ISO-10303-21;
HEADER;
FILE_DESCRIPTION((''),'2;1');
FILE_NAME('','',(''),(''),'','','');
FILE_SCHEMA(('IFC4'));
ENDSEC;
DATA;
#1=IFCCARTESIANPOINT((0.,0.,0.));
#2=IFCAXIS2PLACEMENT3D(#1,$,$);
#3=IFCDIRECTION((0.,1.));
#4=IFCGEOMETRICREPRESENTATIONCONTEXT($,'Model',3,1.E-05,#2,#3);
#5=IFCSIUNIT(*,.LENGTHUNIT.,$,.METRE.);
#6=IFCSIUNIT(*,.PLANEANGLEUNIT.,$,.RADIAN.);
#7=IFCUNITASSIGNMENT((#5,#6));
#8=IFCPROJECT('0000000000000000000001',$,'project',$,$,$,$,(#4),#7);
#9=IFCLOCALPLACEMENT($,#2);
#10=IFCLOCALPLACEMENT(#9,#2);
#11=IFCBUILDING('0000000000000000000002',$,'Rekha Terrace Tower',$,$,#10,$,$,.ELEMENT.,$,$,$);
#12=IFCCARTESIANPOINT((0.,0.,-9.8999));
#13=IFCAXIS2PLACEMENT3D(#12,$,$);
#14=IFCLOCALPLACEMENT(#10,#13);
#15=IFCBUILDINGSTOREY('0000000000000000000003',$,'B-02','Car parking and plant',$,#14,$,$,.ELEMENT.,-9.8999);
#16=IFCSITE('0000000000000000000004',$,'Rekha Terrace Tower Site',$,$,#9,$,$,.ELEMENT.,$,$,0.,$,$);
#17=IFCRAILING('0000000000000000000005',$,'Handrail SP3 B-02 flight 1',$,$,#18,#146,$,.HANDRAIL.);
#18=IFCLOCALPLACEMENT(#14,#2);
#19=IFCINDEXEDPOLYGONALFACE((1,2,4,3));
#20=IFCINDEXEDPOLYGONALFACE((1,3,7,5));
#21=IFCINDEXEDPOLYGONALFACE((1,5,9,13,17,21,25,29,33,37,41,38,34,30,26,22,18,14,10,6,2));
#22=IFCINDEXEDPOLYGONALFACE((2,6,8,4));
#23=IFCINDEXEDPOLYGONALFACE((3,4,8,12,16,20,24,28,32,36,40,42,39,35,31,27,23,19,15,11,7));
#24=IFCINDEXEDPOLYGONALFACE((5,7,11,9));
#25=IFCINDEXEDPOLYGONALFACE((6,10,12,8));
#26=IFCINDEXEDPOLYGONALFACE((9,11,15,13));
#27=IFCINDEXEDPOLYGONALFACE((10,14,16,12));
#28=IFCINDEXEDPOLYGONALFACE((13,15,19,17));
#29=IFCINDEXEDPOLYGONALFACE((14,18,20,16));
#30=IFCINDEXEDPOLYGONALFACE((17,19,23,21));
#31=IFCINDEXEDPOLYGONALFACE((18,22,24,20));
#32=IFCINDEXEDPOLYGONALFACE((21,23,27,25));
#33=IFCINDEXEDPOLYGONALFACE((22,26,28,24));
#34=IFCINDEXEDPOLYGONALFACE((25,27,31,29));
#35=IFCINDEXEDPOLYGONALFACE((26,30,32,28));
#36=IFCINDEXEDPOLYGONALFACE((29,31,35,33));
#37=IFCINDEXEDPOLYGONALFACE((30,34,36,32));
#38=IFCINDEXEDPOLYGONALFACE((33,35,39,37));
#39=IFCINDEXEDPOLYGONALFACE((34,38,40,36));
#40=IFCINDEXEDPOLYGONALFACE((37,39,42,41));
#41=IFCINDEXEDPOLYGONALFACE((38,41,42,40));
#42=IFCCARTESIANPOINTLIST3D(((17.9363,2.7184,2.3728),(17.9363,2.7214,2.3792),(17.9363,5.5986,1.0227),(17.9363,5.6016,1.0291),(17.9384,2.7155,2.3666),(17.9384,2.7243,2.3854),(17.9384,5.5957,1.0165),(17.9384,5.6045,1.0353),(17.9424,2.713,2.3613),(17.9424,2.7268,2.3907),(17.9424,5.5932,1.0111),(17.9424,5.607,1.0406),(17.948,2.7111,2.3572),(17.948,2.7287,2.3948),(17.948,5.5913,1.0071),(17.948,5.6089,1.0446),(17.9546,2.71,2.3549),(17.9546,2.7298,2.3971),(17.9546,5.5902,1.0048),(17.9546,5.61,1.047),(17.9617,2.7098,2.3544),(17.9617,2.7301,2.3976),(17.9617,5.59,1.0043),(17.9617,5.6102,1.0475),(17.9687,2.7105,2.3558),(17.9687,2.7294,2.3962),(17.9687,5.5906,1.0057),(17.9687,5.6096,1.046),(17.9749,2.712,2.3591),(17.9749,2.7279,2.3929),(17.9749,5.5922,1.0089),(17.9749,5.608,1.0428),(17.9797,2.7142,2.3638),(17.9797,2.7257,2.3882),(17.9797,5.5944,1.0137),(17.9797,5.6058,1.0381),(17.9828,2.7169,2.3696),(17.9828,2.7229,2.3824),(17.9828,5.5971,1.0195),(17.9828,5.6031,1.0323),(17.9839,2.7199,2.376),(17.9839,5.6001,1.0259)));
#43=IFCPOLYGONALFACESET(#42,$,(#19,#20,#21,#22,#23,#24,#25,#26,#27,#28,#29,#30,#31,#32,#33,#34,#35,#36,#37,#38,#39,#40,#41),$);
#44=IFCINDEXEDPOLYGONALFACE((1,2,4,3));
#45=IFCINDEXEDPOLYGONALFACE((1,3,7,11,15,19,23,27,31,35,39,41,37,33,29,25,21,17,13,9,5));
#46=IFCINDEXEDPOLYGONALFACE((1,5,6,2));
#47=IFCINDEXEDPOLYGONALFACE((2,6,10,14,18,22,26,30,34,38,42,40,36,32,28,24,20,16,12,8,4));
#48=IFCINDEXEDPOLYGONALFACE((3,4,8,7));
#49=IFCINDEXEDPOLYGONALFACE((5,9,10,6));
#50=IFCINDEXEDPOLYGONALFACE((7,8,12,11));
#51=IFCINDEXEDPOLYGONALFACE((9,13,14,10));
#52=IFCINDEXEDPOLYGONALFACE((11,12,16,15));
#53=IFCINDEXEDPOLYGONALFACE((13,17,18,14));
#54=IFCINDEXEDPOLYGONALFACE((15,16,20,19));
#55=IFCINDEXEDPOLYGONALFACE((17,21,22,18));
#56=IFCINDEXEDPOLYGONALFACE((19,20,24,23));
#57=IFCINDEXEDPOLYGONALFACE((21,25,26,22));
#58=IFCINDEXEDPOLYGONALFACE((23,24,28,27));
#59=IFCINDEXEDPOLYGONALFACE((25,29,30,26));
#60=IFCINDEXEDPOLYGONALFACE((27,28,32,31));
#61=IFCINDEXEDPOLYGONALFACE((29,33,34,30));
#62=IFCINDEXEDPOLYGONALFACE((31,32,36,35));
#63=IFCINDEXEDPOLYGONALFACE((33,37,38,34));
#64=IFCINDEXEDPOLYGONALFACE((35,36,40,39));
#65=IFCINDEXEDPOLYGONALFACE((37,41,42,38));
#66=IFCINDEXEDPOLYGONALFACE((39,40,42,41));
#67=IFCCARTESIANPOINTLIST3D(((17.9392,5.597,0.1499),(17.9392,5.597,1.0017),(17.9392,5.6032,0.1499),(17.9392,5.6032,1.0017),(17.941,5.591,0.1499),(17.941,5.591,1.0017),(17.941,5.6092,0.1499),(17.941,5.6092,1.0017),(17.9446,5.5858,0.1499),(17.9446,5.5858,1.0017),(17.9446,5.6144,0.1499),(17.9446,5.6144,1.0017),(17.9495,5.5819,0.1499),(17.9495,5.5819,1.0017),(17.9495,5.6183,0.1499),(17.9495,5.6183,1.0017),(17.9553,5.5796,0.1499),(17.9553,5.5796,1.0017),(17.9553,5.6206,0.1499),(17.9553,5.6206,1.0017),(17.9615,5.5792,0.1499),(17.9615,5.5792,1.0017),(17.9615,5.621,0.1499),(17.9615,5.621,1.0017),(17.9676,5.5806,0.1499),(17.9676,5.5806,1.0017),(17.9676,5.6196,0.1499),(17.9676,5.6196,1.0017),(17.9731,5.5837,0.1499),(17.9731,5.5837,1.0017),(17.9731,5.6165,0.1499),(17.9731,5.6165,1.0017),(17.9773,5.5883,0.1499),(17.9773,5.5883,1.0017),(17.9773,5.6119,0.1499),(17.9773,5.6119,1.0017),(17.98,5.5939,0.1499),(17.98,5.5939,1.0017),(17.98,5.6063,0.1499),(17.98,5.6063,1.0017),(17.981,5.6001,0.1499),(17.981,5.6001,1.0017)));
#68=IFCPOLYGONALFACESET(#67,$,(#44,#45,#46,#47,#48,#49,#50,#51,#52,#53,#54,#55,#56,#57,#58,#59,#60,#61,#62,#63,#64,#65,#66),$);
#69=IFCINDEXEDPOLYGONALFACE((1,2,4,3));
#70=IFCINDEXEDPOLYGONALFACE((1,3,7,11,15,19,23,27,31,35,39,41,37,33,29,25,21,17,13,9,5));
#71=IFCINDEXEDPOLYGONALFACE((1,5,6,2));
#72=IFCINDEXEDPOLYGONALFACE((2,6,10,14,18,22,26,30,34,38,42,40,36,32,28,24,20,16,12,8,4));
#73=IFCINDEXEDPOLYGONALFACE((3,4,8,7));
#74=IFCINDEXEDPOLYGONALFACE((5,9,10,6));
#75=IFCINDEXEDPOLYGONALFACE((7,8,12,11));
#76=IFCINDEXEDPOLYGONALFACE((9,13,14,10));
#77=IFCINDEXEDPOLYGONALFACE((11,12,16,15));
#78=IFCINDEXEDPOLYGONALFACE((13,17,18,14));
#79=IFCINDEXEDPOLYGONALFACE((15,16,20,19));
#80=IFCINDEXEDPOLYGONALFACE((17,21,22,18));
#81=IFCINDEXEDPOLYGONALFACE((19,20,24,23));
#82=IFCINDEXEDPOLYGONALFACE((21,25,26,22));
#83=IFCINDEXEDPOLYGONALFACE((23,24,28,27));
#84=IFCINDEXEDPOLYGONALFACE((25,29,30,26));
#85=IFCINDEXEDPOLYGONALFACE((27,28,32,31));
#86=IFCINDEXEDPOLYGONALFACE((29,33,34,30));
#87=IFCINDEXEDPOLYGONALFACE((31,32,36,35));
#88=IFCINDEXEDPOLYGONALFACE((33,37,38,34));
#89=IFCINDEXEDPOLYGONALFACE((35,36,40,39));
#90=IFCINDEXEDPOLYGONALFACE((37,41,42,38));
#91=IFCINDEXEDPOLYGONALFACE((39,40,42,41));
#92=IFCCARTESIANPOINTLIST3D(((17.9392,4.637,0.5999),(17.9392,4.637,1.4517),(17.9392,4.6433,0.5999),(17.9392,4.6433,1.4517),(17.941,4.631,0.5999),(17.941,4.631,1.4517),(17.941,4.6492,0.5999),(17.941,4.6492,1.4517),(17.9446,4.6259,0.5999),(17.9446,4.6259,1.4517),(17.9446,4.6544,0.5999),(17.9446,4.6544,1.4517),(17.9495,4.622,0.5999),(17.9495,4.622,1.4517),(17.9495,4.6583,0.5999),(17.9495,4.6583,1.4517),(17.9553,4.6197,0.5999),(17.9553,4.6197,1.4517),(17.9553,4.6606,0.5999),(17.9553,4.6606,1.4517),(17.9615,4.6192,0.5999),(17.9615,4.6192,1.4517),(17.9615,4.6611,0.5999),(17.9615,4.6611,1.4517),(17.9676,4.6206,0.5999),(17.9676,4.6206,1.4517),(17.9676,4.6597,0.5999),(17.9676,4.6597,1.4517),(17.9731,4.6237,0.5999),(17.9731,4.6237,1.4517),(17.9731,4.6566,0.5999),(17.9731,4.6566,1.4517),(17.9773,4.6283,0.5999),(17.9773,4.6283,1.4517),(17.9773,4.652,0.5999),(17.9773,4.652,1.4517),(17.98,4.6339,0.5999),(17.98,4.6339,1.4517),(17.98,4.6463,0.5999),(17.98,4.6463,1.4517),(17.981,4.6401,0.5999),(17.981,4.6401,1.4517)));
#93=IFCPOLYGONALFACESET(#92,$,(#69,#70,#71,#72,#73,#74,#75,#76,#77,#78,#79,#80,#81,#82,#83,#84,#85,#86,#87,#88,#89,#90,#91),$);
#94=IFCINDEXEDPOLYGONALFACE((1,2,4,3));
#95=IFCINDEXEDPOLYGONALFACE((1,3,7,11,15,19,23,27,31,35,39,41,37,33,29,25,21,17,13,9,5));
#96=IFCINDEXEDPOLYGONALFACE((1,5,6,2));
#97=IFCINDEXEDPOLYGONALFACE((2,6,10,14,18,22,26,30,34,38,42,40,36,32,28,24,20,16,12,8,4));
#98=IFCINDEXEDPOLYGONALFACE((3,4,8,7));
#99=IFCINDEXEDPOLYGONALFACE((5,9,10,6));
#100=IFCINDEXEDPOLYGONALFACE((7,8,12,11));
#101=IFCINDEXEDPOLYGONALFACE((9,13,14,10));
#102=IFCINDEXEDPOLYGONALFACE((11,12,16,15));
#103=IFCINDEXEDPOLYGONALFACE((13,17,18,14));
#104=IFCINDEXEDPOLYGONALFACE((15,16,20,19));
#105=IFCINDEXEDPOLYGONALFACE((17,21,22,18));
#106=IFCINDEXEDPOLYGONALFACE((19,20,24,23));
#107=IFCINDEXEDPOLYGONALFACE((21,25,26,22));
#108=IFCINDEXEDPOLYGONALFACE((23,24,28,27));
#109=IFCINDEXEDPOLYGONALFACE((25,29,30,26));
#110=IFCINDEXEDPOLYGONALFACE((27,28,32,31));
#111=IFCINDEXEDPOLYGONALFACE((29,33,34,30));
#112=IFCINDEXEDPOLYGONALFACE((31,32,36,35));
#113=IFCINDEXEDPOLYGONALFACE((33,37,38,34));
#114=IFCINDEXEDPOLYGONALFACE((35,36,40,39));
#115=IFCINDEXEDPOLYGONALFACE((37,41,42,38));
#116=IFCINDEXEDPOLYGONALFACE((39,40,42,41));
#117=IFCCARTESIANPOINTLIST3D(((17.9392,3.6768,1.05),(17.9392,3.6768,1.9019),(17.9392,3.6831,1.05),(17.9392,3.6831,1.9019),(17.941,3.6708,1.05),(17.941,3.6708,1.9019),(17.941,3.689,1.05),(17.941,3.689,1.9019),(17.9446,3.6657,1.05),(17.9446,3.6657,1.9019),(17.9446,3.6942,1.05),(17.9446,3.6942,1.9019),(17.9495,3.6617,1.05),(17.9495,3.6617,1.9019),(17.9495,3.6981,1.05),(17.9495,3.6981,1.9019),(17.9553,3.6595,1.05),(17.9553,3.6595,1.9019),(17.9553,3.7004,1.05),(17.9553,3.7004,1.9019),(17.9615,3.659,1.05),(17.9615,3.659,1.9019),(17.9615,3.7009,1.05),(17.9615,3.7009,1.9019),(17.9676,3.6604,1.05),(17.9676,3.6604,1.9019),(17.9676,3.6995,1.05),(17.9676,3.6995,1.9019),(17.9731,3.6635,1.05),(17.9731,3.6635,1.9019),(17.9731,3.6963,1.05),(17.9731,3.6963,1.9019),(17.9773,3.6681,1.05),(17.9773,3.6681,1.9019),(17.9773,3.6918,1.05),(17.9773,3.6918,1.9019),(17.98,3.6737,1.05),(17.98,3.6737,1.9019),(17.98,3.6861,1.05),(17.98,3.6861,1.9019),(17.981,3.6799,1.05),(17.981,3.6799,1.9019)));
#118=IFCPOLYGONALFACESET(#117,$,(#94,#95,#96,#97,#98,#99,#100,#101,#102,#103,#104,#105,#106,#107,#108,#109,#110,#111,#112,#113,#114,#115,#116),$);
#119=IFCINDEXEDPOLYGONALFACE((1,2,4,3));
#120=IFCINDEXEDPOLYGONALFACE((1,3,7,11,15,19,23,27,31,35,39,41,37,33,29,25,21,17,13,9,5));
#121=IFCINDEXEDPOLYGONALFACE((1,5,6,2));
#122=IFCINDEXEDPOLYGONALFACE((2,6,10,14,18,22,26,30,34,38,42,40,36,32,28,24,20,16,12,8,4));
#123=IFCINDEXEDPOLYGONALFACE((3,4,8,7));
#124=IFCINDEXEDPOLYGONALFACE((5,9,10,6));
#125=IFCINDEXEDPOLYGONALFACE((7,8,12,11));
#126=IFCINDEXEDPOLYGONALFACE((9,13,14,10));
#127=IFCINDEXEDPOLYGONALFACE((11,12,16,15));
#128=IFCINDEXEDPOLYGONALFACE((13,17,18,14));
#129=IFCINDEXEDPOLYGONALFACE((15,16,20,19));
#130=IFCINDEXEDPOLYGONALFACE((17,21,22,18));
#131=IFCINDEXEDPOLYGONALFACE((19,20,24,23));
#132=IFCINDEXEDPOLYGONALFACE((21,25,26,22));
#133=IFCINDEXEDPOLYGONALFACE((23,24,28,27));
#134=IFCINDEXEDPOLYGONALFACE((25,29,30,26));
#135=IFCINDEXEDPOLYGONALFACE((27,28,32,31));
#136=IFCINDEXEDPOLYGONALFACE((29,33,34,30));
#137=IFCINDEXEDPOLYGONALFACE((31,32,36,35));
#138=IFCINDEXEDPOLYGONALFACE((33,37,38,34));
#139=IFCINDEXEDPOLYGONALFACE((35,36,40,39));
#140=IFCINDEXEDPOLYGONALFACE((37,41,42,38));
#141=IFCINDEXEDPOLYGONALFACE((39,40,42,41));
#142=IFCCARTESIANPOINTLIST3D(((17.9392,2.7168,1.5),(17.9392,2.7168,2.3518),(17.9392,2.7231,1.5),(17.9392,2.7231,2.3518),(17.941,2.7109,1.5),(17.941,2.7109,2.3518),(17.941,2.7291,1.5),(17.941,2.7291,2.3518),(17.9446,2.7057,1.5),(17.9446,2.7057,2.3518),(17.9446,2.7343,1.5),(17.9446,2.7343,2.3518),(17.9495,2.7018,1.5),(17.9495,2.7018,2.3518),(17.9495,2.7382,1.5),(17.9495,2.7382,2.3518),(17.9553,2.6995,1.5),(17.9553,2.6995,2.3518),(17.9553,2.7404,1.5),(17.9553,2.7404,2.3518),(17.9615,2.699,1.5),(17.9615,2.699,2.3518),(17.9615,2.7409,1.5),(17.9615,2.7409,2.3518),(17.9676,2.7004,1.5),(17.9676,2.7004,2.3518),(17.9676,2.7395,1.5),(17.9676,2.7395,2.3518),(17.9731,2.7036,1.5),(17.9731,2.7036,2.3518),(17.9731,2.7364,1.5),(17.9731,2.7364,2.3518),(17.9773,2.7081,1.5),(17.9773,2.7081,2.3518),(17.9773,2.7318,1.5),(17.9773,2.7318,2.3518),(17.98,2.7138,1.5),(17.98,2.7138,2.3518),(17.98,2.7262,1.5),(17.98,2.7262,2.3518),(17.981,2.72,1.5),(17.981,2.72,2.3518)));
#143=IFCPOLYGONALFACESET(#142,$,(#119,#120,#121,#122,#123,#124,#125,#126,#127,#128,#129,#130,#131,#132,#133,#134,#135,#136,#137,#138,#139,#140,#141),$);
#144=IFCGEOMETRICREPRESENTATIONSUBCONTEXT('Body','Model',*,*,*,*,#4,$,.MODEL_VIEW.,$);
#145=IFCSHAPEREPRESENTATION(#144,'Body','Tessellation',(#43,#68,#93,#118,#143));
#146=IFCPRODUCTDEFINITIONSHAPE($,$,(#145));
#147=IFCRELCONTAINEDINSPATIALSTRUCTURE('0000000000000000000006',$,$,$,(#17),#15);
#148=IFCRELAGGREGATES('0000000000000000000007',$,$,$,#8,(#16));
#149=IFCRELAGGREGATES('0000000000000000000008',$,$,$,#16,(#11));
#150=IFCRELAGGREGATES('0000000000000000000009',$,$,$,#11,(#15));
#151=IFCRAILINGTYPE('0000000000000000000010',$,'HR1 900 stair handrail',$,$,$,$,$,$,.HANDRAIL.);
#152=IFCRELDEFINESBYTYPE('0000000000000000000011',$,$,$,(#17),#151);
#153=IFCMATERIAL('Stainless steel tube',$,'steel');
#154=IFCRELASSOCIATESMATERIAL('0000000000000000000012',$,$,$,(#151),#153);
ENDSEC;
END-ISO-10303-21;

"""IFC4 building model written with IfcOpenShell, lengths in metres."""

from ifc_helpers import new_model, si_unit, direction, frame, origin, origin_2d, place, context, subcontext, project, spatial, circle, extrude, material, type_object, element, save


model = new_model("IFC4")

# Units and contexts
model_context = context("Model", 3, precision=1e-05, world=origin(), true_north=direction((0.0, 1.0)))
body_context = subcontext(model_context, "Body", "Model", "MODEL_VIEW")
ifc_project = project(units=[si_unit("LENGTHUNIT", "METRE"), si_unit("PLANEANGLEUNIT", "RADIAN")], contexts=[model_context])

# Site, building, storey
site_placement = place(None, origin())
site = spatial("IfcSite", under=ifc_project, at=site_placement, Name="Rekha Terrace Tower Site", CompositionType="ELEMENT", RefElevation=0.0)
building_placement = place(site_placement, origin())
building = spatial("IfcBuilding", under=site, at=building_placement, Name="Rekha Terrace Tower", CompositionType="ELEMENT")
storey_placement = place(building_placement, frame((0.0, 0.0, -9.8999)))
storey = spatial("IfcBuildingStorey", under=building, at=storey_placement, Name="B-02", Description="Car parking and plant", CompositionType="ELEMENT", Elevation=-9.8999)

# Railing
ifc_material_1 = material(Name="Stainless steel tube", Category="steel")
railing_type_1 = type_object("IfcRailingType", Name="HR1 900 stair handrail", PredefinedType="HANDRAIL", material=ifc_material_1)
railing_1_placement = place(storey_placement, frame((17.96, 5.6001, 0.1499)))
element("IfcRailing", 1, at=railing_1_placement, inside=storey, type_object=railing_type_1, Name="Handrail SP3 B-02 flight 1", PredefinedType="HANDRAIL", context=body_context, shape_type="SweptSolid", body=[
    extrude(circle(Radius=0.0239, at=origin_2d()), frame((0.0, 0.0, 0.876), z_axis=(0.0, -0.905454, 0.424444), x_axis=(1.0, 0.0, 0.0)), (0.0, 0.0, 1.0), 3.1809),
    extrude(circle(Radius=0.021, at=origin_2d()), origin(), (0.0, 0.0, 1.0), 0.8518),
    extrude(circle(Radius=0.021, at=origin_2d()), frame((0.0, -0.96, 0.45)), (0.0, 0.0, 1.0), 0.8518),
    extrude(circle(Radius=0.021, at=origin_2d()), frame((0.0, -1.9202, 0.9001)), (0.0, 0.0, 1.0), 0.8518),
    extrude(circle(Radius=0.021, at=origin_2d()), frame((0.0, -2.8801, 1.3501)), (0.0, 0.0, 1.0), 0.8518),
])

save(model, "model.ifc")
